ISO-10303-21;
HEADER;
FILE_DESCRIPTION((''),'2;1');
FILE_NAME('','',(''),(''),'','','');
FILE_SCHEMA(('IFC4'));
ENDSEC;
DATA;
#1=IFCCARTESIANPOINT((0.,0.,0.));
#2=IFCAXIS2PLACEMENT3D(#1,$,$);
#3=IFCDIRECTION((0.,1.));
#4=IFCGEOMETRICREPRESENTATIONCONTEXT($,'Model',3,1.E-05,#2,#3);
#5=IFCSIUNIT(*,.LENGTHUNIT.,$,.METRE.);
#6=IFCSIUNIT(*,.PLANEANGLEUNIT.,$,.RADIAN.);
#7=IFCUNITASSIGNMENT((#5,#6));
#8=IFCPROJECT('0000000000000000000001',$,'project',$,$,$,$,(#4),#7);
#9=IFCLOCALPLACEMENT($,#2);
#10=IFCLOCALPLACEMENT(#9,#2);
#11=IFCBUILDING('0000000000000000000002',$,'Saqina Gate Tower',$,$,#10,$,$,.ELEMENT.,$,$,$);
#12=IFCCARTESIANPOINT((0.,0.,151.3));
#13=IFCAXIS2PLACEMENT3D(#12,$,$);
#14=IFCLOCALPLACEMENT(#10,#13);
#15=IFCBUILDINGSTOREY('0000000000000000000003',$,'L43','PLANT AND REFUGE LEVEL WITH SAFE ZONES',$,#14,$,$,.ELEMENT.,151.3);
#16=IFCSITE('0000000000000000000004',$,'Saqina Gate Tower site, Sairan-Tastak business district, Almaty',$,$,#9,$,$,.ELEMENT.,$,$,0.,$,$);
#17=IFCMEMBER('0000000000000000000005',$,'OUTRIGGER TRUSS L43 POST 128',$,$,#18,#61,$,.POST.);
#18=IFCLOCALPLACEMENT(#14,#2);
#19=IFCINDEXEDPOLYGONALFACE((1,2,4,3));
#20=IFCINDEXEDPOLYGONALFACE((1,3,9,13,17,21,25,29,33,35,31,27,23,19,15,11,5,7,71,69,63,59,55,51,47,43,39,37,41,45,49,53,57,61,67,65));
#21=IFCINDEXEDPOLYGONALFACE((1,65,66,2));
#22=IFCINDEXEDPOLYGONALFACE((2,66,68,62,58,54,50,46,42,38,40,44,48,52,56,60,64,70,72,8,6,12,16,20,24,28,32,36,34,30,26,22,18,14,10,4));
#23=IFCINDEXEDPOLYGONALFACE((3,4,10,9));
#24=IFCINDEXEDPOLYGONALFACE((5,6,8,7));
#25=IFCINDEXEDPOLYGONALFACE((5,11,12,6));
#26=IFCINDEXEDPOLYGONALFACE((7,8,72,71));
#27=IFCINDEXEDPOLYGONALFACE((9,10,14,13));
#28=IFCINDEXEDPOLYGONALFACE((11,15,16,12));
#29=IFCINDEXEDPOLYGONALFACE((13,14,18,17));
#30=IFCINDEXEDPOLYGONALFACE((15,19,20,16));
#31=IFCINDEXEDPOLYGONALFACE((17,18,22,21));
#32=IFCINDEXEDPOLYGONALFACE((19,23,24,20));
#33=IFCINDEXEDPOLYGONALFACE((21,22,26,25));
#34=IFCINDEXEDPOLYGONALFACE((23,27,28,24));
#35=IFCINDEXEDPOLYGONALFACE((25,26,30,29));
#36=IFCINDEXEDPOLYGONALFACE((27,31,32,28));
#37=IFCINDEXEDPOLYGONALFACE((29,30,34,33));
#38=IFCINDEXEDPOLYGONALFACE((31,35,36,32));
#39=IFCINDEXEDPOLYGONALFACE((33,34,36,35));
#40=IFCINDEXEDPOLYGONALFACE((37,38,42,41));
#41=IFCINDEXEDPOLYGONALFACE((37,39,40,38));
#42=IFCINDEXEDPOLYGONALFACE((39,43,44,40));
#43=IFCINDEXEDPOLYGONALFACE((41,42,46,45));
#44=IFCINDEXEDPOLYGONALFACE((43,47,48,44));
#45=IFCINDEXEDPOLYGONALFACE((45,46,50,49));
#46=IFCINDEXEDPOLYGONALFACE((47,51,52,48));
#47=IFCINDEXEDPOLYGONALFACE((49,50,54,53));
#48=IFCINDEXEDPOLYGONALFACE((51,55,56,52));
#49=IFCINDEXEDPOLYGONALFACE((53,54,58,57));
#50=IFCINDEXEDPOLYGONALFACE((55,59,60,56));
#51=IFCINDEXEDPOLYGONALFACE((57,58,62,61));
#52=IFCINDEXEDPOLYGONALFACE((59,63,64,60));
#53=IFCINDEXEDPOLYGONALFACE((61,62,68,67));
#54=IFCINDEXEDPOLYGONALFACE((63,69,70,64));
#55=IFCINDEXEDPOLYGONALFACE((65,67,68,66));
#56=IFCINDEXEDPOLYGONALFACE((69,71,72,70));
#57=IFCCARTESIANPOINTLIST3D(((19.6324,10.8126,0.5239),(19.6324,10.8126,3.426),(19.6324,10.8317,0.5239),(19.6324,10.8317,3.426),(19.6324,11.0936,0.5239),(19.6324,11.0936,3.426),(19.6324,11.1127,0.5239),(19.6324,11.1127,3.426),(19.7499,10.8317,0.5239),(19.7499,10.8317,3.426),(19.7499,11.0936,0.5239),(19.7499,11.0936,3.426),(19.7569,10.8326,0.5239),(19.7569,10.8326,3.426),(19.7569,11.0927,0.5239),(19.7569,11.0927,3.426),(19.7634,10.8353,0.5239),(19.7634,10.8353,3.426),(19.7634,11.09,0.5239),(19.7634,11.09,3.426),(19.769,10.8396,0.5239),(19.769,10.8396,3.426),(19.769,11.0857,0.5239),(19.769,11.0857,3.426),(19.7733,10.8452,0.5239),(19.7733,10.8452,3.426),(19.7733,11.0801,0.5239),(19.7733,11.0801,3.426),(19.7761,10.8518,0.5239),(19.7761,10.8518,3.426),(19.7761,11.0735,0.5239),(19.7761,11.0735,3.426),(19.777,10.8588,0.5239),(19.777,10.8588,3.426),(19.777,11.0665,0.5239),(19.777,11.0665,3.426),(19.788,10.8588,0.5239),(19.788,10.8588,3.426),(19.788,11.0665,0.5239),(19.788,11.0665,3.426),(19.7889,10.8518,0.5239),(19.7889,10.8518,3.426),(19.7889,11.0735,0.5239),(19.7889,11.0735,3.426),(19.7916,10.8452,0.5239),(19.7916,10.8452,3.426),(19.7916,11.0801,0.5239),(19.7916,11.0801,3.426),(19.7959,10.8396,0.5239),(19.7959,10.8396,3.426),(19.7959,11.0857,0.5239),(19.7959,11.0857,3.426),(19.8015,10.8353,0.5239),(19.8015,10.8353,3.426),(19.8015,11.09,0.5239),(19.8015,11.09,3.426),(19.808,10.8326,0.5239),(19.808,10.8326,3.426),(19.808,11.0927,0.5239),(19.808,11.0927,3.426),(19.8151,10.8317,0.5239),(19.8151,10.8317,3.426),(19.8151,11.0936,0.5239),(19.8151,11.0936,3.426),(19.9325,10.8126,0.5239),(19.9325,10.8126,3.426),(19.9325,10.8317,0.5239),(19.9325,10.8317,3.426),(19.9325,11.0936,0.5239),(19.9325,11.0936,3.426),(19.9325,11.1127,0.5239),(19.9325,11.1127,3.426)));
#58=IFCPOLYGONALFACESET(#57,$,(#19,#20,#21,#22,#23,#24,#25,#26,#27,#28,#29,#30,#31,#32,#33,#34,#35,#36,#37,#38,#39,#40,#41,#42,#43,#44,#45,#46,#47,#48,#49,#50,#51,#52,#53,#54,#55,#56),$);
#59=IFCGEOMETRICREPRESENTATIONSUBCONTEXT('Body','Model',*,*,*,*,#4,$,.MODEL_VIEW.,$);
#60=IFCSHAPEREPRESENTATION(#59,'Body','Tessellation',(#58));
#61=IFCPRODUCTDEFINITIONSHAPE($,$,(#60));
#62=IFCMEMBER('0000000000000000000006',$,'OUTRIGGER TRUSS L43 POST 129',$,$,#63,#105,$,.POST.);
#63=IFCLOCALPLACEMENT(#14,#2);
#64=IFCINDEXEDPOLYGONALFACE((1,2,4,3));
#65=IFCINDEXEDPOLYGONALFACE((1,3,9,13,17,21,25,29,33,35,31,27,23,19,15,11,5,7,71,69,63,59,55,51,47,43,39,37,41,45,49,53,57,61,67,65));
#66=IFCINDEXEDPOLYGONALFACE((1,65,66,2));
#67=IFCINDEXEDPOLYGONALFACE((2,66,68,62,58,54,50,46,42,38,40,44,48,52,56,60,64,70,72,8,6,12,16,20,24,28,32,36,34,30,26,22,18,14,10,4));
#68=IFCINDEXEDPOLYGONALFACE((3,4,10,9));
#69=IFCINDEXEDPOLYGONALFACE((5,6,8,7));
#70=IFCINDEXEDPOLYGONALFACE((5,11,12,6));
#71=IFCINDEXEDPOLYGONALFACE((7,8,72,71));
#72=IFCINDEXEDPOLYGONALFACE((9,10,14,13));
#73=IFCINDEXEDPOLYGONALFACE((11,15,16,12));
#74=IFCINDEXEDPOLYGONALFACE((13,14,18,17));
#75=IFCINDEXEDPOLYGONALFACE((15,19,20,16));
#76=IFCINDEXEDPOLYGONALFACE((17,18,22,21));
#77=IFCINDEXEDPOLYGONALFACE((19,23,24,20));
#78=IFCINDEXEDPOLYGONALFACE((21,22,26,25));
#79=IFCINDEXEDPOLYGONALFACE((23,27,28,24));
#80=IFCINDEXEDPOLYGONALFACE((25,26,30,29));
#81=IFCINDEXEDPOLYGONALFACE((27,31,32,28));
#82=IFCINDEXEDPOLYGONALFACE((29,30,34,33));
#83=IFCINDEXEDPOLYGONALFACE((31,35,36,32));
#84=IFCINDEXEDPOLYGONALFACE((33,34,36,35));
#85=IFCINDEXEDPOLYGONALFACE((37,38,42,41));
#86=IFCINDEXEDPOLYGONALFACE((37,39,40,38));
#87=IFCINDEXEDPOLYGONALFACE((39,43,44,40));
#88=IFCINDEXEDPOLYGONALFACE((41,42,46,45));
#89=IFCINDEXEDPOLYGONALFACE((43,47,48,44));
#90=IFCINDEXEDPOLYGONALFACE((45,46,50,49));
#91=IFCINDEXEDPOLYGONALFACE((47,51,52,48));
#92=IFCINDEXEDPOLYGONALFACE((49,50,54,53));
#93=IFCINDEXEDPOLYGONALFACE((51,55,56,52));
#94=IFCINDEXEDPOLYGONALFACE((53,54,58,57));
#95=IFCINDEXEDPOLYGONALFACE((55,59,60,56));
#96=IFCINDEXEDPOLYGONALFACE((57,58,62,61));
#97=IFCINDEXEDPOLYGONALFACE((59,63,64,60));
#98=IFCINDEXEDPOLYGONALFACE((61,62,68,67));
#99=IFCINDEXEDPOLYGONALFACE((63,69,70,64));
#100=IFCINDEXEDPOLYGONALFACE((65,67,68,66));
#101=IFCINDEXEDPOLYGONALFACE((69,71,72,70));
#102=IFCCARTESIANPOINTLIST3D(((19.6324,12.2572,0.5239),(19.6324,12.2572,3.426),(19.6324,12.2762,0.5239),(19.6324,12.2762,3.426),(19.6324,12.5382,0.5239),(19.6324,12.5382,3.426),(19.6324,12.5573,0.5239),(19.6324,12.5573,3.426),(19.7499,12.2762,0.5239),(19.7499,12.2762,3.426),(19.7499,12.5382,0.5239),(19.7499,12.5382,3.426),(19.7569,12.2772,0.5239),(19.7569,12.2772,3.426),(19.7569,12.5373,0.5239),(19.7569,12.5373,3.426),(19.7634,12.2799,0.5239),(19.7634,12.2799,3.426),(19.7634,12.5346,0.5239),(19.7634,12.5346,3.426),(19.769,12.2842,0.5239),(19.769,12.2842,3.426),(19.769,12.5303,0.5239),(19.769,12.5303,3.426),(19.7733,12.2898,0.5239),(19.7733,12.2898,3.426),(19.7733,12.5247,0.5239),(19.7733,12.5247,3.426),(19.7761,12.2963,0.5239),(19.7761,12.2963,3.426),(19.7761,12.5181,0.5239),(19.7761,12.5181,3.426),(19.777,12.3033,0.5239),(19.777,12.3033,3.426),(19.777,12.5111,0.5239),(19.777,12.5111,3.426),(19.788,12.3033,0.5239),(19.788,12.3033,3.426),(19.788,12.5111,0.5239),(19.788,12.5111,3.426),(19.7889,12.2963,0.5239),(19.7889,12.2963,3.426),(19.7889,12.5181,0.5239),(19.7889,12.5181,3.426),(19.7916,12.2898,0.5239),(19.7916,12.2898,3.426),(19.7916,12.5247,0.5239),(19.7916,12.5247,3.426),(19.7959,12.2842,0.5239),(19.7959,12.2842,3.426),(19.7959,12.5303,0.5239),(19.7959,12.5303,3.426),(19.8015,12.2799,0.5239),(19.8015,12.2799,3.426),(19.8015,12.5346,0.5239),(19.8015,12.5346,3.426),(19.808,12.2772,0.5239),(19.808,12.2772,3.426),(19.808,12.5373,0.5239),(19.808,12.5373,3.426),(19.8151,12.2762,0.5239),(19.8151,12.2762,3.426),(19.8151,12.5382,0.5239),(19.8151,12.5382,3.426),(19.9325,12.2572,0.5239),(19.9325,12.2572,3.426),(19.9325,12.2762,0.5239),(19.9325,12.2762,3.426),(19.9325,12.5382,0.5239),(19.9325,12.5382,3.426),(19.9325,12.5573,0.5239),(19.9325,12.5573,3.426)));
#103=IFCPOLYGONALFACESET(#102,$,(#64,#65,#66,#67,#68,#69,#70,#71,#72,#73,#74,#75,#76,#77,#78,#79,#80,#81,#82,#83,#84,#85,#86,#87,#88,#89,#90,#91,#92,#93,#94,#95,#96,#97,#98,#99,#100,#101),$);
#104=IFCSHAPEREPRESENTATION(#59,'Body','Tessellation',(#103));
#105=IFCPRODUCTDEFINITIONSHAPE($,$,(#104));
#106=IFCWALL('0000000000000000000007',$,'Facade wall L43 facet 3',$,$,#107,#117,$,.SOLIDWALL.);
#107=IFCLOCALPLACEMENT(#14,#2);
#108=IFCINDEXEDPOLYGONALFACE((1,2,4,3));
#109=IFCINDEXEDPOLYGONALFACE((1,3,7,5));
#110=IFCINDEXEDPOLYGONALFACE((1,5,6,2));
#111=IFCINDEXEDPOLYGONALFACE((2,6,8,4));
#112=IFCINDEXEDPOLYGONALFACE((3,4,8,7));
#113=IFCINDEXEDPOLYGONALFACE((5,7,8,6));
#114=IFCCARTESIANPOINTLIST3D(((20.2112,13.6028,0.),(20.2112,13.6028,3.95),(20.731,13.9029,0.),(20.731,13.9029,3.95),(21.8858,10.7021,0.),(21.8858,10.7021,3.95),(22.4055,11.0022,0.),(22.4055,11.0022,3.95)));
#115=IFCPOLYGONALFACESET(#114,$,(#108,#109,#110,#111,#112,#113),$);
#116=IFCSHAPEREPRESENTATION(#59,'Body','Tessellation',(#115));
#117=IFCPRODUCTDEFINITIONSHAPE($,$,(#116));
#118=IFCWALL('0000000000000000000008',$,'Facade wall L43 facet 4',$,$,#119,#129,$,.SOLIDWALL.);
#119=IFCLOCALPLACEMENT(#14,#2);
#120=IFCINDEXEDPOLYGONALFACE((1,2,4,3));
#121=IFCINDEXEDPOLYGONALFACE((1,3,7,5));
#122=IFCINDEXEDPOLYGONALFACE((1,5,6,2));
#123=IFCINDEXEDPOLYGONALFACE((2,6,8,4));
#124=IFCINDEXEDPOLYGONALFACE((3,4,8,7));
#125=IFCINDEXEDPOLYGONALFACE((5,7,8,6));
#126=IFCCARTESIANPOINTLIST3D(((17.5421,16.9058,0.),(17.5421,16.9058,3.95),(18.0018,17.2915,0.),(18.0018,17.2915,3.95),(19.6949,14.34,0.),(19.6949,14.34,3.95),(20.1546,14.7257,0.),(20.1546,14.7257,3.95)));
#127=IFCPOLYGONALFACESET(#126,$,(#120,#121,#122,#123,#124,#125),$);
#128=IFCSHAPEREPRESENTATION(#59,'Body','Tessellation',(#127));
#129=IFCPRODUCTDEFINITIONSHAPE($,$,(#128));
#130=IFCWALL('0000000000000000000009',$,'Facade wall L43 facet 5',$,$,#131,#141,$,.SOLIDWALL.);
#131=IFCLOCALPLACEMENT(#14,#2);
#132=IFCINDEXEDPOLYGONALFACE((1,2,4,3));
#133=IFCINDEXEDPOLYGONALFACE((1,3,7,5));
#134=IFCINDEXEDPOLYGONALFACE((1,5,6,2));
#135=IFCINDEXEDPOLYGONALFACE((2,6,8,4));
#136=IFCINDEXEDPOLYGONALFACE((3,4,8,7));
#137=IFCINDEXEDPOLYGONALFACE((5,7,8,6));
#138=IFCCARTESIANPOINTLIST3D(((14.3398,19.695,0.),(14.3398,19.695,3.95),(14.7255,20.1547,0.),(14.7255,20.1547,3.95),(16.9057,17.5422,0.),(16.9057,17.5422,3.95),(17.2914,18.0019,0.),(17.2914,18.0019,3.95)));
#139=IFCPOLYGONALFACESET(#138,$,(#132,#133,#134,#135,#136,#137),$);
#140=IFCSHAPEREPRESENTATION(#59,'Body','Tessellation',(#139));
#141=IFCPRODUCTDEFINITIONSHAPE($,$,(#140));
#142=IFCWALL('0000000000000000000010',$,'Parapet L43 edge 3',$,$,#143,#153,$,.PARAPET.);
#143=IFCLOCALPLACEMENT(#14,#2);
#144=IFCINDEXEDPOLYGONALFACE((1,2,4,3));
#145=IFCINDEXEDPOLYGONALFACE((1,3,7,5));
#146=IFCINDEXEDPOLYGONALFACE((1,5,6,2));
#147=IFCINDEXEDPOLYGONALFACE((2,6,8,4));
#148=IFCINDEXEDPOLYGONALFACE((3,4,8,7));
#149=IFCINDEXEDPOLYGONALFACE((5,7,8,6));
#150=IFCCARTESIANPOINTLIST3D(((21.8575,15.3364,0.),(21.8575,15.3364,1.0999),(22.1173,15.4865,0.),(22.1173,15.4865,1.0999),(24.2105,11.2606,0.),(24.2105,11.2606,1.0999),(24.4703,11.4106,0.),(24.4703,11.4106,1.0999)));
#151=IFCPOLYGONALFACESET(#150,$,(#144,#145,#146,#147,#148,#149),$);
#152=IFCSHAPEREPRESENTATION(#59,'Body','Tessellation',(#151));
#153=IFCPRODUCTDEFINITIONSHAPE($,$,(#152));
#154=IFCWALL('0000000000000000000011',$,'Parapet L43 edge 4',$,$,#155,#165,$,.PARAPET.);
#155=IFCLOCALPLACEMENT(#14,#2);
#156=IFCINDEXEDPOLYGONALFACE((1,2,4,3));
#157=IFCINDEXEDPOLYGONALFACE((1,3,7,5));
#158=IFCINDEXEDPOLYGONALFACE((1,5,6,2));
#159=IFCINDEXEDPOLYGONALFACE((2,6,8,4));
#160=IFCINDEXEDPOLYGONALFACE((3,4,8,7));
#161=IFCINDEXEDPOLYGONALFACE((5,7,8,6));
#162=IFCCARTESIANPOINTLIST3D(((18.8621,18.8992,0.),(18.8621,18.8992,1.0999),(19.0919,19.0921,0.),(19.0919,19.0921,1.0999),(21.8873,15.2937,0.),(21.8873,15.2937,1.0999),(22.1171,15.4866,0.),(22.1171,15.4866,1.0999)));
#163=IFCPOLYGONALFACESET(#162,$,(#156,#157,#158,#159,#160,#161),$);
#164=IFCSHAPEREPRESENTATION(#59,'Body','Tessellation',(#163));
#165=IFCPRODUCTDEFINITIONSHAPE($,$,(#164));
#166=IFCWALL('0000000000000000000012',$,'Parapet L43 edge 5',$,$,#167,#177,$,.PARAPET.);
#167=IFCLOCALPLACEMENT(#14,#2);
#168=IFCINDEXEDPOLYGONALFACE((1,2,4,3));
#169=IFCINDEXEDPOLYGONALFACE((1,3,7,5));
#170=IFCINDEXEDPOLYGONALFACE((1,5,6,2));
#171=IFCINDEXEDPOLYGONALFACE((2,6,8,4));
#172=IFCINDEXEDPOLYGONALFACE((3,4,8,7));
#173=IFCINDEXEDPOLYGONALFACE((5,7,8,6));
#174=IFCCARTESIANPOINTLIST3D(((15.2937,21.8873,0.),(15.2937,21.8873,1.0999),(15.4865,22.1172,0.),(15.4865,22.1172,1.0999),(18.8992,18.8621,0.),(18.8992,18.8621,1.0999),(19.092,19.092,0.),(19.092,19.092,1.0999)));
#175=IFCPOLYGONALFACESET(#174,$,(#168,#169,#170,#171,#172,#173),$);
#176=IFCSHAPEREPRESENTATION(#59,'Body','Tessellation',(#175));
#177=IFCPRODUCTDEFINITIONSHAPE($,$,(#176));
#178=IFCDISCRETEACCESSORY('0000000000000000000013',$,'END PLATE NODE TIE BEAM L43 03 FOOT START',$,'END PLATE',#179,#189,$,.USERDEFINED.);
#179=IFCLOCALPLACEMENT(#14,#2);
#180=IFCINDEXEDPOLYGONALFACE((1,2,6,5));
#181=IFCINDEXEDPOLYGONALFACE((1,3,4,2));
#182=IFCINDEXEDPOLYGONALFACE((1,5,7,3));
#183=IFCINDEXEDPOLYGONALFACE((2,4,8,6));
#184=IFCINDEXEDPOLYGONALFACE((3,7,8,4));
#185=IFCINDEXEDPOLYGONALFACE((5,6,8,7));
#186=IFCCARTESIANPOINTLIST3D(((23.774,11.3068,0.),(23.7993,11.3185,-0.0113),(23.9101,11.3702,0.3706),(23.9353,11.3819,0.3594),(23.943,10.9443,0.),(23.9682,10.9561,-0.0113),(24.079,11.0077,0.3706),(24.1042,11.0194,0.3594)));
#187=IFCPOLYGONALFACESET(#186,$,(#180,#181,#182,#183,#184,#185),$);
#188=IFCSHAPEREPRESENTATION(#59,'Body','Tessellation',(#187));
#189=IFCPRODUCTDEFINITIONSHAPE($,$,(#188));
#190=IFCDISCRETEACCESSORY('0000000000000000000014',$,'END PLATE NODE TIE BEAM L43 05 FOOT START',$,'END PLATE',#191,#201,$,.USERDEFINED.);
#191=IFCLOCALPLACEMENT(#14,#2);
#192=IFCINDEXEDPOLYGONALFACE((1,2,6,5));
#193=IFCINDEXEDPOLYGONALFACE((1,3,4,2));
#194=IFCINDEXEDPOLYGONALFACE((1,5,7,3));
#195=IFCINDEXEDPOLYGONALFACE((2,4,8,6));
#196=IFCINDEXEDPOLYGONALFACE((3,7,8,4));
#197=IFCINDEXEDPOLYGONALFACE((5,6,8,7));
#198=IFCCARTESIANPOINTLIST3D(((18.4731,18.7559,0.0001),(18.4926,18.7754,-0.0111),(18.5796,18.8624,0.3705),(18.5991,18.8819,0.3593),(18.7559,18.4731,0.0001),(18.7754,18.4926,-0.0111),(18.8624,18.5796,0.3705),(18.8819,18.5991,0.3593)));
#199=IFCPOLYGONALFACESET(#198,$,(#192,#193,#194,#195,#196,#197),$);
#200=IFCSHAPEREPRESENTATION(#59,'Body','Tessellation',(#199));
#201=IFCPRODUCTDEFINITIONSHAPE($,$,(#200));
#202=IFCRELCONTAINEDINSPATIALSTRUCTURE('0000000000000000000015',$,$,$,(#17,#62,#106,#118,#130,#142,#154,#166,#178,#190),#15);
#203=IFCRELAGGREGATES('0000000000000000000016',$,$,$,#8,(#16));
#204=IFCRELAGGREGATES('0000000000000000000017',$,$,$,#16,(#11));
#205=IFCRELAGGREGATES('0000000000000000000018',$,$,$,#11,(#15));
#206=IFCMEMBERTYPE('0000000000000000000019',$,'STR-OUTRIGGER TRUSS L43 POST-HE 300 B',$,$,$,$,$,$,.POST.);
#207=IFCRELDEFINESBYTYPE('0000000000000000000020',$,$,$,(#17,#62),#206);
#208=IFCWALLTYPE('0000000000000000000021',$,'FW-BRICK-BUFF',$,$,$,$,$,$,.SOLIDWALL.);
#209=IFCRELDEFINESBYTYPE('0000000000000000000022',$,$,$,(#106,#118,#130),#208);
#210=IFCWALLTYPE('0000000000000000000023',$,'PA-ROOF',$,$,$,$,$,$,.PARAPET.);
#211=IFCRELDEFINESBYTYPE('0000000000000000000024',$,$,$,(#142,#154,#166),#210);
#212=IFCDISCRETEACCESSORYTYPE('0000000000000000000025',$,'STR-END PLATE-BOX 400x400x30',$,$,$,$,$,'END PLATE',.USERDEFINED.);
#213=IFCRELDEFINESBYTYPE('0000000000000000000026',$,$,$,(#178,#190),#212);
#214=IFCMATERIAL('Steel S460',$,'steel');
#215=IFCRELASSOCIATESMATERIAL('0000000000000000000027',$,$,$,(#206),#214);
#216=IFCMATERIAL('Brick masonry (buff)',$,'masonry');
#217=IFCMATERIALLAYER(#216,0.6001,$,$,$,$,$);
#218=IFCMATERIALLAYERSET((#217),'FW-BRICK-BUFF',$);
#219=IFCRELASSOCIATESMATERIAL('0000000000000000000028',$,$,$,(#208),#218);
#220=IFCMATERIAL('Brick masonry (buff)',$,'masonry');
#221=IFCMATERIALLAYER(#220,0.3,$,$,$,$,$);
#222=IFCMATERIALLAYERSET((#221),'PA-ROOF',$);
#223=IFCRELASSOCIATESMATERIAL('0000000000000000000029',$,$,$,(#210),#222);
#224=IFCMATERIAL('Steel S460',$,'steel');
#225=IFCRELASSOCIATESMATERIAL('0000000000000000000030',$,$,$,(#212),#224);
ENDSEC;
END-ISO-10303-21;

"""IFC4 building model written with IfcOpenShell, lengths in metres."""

from ifc_helpers import new_model, si_unit, direction, frame, frame_2d, origin, origin_2d, place, context, subcontext, project, spatial, rectangle, i_section, extrude, material, layer, layer_set, material_profile, profile_set, type_object, element, save


model = new_model("IFC4")

# Units and contexts
model_context = context("Model", 3, precision=1e-05, world=origin(), true_north=direction((0.0, 1.0)))
body_context = subcontext(model_context, "Body", "Model", "MODEL_VIEW")
ifc_project = project(units=[si_unit("LENGTHUNIT", "METRE"), si_unit("PLANEANGLEUNIT", "RADIAN")], contexts=[model_context])

# Site, building, storey
site_placement = place(None, origin())
site = spatial("IfcSite", under=ifc_project, at=site_placement, Name="Saqina Gate Tower site, Sairan-Tastak business district, Almaty", CompositionType="ELEMENT", RefElevation=0.0)
building_placement = place(site_placement, origin())
building = spatial("IfcBuilding", under=site, at=building_placement, Name="Saqina Gate Tower", CompositionType="ELEMENT")
storey_placement = place(building_placement, frame((0.0, 0.0, 151.3)))
storey = spatial("IfcBuildingStorey", under=building, at=storey_placement, Name="L43", Description="PLANT AND REFUGE LEVEL WITH SAFE ZONES", CompositionType="ELEMENT", Elevation=151.3)

# Members
ifc_material_1 = material(Name="Steel S460", Category="steel")
ifc_material_profile_1 = material_profile(ifc_material_1, i_section(OverallWidth=0.3, OverallDepth=0.3, WebThickness=0.011, FlangeThickness=0.019, FilletRadius=0.0271, at=origin_2d()), Name="HE 300 B")
ifc_profile_set_1 = profile_set([ifc_material_profile_1], Name="Steel S460")
member_type_1 = type_object("IfcMemberType", Name="STR-OUTRIGGER TRUSS L43 POST-HE 300 B", PredefinedType="POST", material=ifc_profile_set_1)
for number, where, z_axis, x_axis, name in (
    (1, (19.7825, 10.9626, 0.5239), (0.0, 0.0, 1.0), (1.0, 0.0, 0.0), "OUTRIGGER TRUSS L43 POST 128"),
    (2, (19.7825, 12.4072, 0.5239), (0.0, 0.0, 1.0), (1.0, 0.0, 0.0), "OUTRIGGER TRUSS L43 POST 129"),
):
    element("IfcMember", number, at=place(storey_placement, frame(where, z_axis=z_axis, x_axis=x_axis)), inside=storey, type_object=member_type_1, Name=name, PredefinedType="POST", context=body_context, shape_type="SweptSolid", body=[
        extrude(i_section(OverallWidth=0.3, OverallDepth=0.3, WebThickness=0.011, FlangeThickness=0.019, FilletRadius=0.0271, at=origin_2d()), origin(), (0.0, 0.0, 1.0), 2.9021),
    ])

# Walls
ifc_material_2 = material(Name="Brick masonry (buff)", Category="masonry")
ifc_layer_1 = layer(ifc_material_2, 0.6001)
ifc_layer_set_1 = layer_set([ifc_layer_1], Name="FW-BRICK-BUFF")
wall_type_1 = type_object("IfcWallType", Name="FW-BRICK-BUFF", PredefinedType="SOLIDWALL", material=ifc_layer_set_1)
for number, where, z_axis, x_axis, name in (
    (3, (22.1458, 10.8521, 0.0), (0.0, 0.0, 1.0), (-0.499973, 0.866041, 0.0), "Facade wall L43 facet 3"),
    (4, (19.9248, 14.5327, 0.0), (0.0, 0.0, 1.0), (-0.642748, 0.766078, 0.0), "Facade wall L43 facet 4"),
    (5, (17.0986, 17.772, 0.0), (0.0, 0.0, 1.0), (-0.766078, 0.642748, 0.0), "Facade wall L43 facet 5"),
):
    element("IfcWall", number, at=place(storey_placement, frame(where, z_axis=z_axis, x_axis=x_axis)), inside=storey, type_object=wall_type_1, Name=name, PredefinedType="SOLIDWALL", context=body_context, shape_type="SweptSolid", body=[
        extrude(rectangle(XDim=3.3494, YDim=0.6001, at=frame_2d((1.6748, 0.0))), origin(), (0.0, 0.0, 1.0), 3.95),
    ])
ifc_material_3 = material(Name="Brick masonry (buff)", Category="masonry")
ifc_layer_2 = layer(ifc_material_3, 0.3)
ifc_layer_set_2 = layer_set([ifc_layer_2], Name="PA-ROOF")
wall_type_2 = type_object("IfcWallType", Name="PA-ROOF", PredefinedType="PARAPET", material=ifc_layer_set_2)
wall_placement = place(storey_placement, frame((24.3403, 11.3357, 0.0), z_axis=(0.0, 0.0, 1.0), x_axis=(-0.499966, 0.866045, 0.0)))
element("IfcWall", 6, at=wall_placement, inside=storey, type_object=wall_type_2, Name="Parapet L43 edge 3", PredefinedType="PARAPET", context=body_context, shape_type="SweptSolid", body=[
    extrude(rectangle(XDim=4.7063, YDim=0.3, at=frame_2d((2.353, 0.0))), origin(), (0.0, 0.0, 1.0), 1.0999),
])
for number, where, z_axis, x_axis, name in (
    (7, (22.0022, 15.3901, 0.0), (0.0, 0.0, 1.0), (-0.642763, 0.766065, 0.0), "Parapet L43 edge 4"),
    (8, (18.9956, 18.9771, 0.0), (0.0, 0.0, 1.0), (-0.766065, 0.642763, 0.0), "Parapet L43 edge 5"),
):
    element("IfcWall", number, at=place(storey_placement, frame(where, z_axis=z_axis, x_axis=x_axis)), inside=storey, type_object=wall_type_2, Name=name, PredefinedType="PARAPET", context=body_context, shape_type="SweptSolid", body=[
        extrude(rectangle(XDim=4.7065, YDim=0.3, at=frame_2d((2.3533, 0.0))), origin(), (0.0, 0.0, 1.0), 1.0999),
    ])

# Discrete accessories
ifc_material_4 = material(Name="Steel S460", Category="steel")
ifc_material_profile_2 = material_profile(ifc_material_4, rectangle(XDim=0.3999, YDim=0.3999, at=origin_2d()), Name="STR-END PLATE-BOX 400x400x30")
ifc_profile_set_2 = profile_set([ifc_material_profile_2], Name="Steel S460")
discrete_accessory_type_1 = type_object("IfcDiscreteAccessoryType", Name="STR-END PLATE-BOX 400x400x30", ElementType="END PLATE", PredefinedType="USERDEFINED", material=ifc_profile_set_2)
discrete_accessory_1_placement = place(storey_placement, frame((23.9265, 11.1572, 0.1853), z_axis=(0.84018, 0.39154, -0.375226), x_axis=(0.422404, -0.906408, 0.000001)))
element("IfcDiscreteAccessory", 9, at=discrete_accessory_1_placement, inside=storey, type_object=discrete_accessory_type_1, Name="END PLATE NODE TIE BEAM L43 03 FOOT START", ObjectType="END PLATE", PredefinedType="USERDEFINED", context=body_context, shape_type="SweptSolid", body=[
    extrude(rectangle(XDim=0.3999, YDim=0.3999, at=origin_2d()), origin(), (0.0, 0.0, 1.0), 0.03),
])
discrete_accessory_2_placement = place(storey_placement, frame((18.6677, 18.6677, 0.1853), z_axis=(0.655034, 0.655034, -0.376645), x_axis=(0.707107, -0.707107, 0.0)))
element("IfcDiscreteAccessory", 10, at=discrete_accessory_2_placement, inside=storey, type_object=discrete_accessory_type_1, Name="END PLATE NODE TIE BEAM L43 05 FOOT START", ObjectType="END PLATE", PredefinedType="USERDEFINED", context=body_context, shape_type="SweptSolid", body=[
    extrude(rectangle(XDim=0.3999, YDim=0.3999, at=origin_2d()), origin(), (0.0, 0.0, 1.0), 0.0298),
])

save(model, "model.ifc")
